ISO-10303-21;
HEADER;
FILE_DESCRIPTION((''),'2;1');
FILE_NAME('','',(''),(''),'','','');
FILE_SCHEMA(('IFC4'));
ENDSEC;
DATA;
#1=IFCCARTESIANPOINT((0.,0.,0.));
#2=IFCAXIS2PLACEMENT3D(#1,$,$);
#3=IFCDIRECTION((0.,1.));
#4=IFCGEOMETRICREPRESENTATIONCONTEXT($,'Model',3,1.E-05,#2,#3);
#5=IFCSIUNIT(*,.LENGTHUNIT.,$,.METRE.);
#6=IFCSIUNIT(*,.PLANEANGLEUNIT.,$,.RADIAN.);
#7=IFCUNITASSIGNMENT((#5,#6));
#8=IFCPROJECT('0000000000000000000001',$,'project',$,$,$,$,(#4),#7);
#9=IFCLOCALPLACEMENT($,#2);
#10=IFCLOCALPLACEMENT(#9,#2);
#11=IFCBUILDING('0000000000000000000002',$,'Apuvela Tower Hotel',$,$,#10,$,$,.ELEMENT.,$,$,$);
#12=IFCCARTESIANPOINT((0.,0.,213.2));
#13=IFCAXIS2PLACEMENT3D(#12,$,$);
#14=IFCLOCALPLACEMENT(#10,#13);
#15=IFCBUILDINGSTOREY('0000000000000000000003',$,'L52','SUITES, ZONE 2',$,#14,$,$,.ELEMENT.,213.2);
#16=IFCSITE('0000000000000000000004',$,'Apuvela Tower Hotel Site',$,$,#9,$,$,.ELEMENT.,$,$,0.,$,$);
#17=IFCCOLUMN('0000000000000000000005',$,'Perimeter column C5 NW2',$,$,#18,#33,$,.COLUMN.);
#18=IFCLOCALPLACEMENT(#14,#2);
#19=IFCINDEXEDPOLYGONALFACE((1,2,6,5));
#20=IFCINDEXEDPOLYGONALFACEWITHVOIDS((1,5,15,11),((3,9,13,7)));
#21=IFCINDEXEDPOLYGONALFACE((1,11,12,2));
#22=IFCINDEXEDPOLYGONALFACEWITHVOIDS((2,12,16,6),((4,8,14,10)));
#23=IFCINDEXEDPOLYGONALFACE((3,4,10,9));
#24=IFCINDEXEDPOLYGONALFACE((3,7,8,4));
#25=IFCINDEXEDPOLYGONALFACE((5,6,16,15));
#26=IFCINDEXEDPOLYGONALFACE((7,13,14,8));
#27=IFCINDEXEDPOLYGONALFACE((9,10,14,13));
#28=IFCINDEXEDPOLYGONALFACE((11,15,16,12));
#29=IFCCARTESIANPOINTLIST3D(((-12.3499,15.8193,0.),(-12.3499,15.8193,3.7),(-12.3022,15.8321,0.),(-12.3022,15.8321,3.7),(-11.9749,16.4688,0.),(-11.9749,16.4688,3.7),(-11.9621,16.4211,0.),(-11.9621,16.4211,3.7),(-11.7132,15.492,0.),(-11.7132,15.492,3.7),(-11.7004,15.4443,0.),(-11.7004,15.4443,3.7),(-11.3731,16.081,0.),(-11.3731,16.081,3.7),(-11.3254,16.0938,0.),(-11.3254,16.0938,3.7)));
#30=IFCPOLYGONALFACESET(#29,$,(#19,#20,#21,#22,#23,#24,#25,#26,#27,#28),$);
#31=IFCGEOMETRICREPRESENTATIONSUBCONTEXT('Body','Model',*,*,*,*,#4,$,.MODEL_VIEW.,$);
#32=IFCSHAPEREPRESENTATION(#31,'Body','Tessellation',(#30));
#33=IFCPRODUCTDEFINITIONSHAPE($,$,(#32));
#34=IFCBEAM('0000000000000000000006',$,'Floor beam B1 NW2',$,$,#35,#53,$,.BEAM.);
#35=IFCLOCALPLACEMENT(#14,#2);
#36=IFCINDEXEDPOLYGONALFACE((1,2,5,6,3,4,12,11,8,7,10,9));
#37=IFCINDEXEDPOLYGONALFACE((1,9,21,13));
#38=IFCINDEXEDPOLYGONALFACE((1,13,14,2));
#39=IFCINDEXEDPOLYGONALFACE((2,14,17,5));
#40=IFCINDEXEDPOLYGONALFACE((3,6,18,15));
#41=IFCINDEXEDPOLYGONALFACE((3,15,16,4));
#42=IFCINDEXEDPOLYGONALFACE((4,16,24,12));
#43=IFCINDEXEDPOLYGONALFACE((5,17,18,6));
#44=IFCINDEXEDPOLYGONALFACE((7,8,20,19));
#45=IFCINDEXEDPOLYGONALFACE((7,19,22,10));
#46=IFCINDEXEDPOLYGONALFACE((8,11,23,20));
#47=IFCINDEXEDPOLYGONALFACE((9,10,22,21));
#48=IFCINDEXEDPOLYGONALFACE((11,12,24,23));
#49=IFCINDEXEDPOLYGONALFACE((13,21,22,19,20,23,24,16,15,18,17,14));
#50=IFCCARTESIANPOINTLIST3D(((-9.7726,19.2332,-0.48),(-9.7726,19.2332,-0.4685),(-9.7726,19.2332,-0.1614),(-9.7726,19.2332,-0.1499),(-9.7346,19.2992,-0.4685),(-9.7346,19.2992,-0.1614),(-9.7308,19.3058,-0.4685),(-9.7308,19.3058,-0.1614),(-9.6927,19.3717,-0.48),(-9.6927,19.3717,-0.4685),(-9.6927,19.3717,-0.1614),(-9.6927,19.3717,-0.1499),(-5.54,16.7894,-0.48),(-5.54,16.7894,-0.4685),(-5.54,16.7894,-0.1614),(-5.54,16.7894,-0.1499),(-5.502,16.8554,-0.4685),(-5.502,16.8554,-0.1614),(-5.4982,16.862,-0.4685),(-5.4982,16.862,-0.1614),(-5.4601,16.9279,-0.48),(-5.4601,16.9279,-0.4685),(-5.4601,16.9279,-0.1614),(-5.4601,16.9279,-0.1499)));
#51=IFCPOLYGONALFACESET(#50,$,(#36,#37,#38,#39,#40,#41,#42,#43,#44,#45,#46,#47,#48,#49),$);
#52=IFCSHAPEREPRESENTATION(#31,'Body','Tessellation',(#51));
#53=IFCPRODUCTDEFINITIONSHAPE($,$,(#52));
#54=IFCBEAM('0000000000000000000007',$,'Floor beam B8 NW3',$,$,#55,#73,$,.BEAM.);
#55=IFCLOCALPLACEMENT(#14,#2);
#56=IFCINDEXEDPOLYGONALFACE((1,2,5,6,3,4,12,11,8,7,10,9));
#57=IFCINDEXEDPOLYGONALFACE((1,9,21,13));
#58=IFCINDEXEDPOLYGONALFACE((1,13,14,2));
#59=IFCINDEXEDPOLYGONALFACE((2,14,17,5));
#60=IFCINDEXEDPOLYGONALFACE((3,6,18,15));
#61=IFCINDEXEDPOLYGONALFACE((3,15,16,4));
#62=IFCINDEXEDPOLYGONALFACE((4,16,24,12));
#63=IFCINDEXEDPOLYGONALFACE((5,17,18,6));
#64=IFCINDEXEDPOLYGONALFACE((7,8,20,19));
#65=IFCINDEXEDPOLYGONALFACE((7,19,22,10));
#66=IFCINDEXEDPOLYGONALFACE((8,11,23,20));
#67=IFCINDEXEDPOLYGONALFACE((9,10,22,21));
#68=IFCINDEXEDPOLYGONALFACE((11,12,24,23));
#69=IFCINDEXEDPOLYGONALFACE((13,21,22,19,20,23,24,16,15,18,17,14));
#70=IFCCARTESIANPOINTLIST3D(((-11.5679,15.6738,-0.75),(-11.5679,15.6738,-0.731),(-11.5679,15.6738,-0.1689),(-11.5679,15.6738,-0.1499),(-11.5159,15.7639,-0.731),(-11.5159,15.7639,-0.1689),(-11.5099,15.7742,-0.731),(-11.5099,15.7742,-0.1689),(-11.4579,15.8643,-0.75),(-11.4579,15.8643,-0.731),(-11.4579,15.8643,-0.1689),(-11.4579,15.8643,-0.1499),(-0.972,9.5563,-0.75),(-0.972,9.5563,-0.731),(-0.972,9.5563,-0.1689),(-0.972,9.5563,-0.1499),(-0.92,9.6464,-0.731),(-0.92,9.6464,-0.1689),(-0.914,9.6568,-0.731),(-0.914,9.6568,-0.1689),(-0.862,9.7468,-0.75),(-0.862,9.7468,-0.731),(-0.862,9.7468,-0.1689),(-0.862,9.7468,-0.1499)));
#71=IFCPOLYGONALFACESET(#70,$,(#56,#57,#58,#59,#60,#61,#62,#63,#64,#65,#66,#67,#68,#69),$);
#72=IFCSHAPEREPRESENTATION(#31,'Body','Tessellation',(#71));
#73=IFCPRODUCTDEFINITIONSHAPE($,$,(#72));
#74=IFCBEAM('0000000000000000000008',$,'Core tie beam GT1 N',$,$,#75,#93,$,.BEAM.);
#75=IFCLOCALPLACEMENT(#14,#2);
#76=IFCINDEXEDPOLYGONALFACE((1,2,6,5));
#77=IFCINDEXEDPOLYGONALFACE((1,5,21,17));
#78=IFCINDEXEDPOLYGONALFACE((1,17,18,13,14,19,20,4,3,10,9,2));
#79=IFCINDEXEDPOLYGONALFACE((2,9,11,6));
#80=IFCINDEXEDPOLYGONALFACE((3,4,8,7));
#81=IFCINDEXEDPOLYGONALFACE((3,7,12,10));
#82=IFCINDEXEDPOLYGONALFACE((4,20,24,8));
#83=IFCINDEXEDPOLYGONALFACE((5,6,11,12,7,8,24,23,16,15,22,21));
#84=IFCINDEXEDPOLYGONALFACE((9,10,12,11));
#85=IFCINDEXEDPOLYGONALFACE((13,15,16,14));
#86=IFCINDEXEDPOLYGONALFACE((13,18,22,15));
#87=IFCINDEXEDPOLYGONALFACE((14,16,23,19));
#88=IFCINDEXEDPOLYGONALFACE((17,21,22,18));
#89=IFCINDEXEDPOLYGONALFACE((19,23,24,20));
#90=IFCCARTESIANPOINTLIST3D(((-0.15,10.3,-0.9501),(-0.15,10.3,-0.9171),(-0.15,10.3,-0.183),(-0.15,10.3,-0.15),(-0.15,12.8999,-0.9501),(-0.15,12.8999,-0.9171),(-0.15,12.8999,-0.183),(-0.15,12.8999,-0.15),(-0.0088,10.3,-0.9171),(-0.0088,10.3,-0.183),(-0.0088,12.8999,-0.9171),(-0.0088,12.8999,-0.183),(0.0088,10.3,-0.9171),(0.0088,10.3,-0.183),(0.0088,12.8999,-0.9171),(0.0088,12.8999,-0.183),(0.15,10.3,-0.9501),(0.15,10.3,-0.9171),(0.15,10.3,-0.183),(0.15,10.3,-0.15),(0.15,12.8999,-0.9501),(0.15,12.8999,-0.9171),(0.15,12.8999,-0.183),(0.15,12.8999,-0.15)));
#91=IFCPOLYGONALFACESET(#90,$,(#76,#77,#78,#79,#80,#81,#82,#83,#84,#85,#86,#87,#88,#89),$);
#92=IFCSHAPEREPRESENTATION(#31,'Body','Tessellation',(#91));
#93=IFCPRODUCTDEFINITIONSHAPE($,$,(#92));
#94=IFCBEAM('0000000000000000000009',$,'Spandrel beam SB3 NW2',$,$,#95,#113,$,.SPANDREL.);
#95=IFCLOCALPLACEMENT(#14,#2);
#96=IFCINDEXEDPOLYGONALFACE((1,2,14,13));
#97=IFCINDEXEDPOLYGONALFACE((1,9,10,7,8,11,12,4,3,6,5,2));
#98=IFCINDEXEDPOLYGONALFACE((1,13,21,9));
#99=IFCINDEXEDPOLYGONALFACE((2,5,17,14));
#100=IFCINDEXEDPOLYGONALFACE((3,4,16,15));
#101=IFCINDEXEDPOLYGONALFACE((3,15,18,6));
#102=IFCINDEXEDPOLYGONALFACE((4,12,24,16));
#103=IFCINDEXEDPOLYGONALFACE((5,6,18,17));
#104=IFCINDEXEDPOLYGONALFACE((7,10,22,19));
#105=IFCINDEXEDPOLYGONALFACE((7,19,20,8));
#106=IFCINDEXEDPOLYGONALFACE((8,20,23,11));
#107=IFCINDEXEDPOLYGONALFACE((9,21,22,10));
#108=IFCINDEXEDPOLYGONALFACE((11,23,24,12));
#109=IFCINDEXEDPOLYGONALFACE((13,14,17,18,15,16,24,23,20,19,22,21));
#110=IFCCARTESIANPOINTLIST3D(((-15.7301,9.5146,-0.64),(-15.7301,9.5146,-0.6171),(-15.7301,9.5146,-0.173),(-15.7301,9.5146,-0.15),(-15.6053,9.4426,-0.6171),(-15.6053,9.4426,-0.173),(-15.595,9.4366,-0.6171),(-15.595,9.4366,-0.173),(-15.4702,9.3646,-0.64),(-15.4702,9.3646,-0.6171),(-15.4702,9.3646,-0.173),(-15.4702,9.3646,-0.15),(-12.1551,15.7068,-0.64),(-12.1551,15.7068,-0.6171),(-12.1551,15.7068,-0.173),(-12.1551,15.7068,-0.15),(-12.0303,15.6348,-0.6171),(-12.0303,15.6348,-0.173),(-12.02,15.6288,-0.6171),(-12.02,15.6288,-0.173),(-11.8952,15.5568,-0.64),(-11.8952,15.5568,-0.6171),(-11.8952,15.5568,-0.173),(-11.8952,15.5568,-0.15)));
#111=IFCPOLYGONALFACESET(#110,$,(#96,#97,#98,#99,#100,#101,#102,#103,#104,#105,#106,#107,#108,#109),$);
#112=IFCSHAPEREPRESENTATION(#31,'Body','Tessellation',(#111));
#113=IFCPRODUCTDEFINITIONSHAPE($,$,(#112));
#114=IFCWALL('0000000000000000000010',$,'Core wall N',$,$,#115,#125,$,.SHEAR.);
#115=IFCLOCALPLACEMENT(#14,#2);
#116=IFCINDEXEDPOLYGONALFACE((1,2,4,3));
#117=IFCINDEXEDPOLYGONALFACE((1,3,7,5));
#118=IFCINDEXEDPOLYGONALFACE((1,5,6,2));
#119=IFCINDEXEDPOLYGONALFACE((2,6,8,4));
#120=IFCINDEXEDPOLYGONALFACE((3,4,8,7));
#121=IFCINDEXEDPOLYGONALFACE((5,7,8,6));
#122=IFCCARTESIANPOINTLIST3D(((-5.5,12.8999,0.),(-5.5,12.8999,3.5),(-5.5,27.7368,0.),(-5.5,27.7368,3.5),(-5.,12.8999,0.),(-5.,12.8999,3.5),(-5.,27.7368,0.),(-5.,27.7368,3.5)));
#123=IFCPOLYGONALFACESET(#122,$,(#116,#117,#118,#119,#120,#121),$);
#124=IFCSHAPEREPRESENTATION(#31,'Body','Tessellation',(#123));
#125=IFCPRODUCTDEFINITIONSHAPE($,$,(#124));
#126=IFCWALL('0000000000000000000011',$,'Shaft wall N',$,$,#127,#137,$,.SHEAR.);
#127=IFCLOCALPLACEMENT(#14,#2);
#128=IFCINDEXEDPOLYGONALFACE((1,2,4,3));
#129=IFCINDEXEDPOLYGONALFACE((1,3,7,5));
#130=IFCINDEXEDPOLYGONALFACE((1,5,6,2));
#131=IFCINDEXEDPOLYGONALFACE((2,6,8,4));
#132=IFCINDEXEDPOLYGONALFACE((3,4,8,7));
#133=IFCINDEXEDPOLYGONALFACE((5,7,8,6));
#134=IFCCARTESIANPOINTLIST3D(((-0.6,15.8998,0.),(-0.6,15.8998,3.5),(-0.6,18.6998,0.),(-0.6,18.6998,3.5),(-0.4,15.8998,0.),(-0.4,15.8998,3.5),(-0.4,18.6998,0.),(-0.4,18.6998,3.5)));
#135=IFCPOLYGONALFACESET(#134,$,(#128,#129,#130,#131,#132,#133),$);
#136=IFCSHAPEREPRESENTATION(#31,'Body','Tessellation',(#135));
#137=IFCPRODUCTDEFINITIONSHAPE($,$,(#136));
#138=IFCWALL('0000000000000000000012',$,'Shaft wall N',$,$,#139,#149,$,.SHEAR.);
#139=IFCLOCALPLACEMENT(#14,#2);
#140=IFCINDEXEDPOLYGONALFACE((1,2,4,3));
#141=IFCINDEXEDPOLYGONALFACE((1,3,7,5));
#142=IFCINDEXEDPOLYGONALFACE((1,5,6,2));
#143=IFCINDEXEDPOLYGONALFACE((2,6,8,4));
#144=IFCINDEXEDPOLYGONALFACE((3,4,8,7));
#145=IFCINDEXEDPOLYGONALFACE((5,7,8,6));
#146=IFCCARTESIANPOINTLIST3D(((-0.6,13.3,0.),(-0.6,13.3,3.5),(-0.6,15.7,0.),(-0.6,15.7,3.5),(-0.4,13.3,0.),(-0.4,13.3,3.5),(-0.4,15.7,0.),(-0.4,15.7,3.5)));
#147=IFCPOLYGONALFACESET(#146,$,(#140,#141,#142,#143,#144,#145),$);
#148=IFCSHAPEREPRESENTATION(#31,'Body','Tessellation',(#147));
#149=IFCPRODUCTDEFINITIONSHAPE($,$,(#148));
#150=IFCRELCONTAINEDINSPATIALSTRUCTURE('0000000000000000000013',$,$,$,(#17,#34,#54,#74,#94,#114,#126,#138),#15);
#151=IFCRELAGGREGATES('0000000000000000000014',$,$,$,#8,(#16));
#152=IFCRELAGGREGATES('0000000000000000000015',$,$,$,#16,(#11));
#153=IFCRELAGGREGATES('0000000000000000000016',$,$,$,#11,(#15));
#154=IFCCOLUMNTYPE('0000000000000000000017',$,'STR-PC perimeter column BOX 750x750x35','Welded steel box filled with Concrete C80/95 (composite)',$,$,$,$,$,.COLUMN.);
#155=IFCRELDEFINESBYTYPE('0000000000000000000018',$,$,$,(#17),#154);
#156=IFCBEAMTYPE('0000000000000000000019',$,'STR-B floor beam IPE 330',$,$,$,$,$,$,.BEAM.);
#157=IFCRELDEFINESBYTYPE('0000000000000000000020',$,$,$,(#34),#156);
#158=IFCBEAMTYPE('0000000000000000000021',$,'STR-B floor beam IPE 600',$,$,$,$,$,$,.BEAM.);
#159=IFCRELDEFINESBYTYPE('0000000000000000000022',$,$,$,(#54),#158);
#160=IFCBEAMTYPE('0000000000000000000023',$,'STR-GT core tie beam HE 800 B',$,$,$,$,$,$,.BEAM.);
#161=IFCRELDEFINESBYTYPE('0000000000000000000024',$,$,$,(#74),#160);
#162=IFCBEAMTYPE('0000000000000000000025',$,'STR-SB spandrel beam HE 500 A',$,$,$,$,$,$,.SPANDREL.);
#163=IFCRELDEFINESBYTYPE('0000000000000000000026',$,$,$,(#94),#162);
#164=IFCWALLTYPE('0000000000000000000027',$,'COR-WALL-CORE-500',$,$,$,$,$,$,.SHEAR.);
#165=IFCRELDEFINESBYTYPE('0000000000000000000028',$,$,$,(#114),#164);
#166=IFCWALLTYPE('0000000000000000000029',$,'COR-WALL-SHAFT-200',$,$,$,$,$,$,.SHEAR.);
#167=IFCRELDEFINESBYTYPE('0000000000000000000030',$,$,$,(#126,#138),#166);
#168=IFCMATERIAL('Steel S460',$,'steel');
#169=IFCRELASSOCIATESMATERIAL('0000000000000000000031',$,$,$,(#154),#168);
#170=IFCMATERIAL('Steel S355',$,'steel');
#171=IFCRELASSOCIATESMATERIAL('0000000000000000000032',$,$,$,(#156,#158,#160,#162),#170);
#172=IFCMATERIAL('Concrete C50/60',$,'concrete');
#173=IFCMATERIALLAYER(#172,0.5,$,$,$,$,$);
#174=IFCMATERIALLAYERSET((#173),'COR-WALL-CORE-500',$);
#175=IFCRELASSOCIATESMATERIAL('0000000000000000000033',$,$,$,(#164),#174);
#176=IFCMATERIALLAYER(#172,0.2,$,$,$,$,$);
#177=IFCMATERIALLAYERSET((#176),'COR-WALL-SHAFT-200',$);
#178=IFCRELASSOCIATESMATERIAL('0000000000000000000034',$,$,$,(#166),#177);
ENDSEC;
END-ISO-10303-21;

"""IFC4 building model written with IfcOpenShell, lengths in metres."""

from ifc_helpers import new_model, si_unit, direction, frame, frame_2d, origin, origin_2d, place, context, subcontext, project, spatial, rectangle, hollow_rectangle, i_section, extrude, material, layer, layer_set, material_profile, profile_set, type_object, element, save


model = new_model("IFC4")

# Units and contexts
model_context = context("Model", 3, precision=1e-05, world=origin(), true_north=direction((0.0, 1.0)))
body_context = subcontext(model_context, "Body", "Model", "MODEL_VIEW")
ifc_project = project(units=[si_unit("LENGTHUNIT", "METRE"), si_unit("PLANEANGLEUNIT", "RADIAN")], contexts=[model_context])

# Site, building, storey
site_placement = place(None, origin())
site = spatial("IfcSite", under=ifc_project, at=site_placement, Name="Apuvela Tower Hotel Site", CompositionType="ELEMENT", RefElevation=0.0)
building_placement = place(site_placement, origin())
building = spatial("IfcBuilding", under=site, at=building_placement, Name="Apuvela Tower Hotel", CompositionType="ELEMENT")
storey_placement = place(building_placement, frame((0.0, 0.0, 213.2)))
storey = spatial("IfcBuildingStorey", under=building, at=storey_placement, Name="L52", Description="SUITES, ZONE 2", CompositionType="ELEMENT", Elevation=213.2)

# Column
ifc_material_1 = material(Name="Steel S460", Category="steel")
ifc_material_profile_1 = material_profile(ifc_material_1, hollow_rectangle(XDim=0.75, YDim=0.75, WallThickness=0.0349, at=origin_2d()), Name="BOX 750x750x35")
ifc_material_2 = material(Name="Concrete C80/95", Category="concrete")
ifc_material_profile_2 = material_profile(ifc_material_2, rectangle(XDim=0.6799, YDim=0.6799, at=origin_2d()), Name="Concrete C80/95 infill")
ifc_profile_set_1 = profile_set([ifc_material_profile_1, ifc_material_profile_2], Name="Steel S460")
column_type = type_object("IfcColumnType", Name="STR-PC perimeter column BOX 750x750x35", Description="Welded steel box filled with Concrete C80/95 (composite)", PredefinedType="COLUMN", material=ifc_profile_set_1)
column_placement = place(storey_placement, frame((-11.8376, 15.9565, 0.0), z_axis=(0.0, 0.0, 1.0), x_axis=(0.5, 0.866025, 0.0)))
element("IfcColumn", 1, at=column_placement, inside=storey, type_object=column_type, Name="Perimeter column C5 NW2", PredefinedType="COLUMN", context=body_context, shape_type="SweptSolid", body=[
    extrude(hollow_rectangle(XDim=0.75, YDim=0.75, WallThickness=0.0349, at=origin_2d()), origin(), (0.0, 0.0, 1.0), 3.7),
])

# Beams
ifc_material_3 = material(Name="Steel S355", Category="steel")
ifc_material_profile_3 = material_profile(ifc_material_3, i_section(OverallWidth=0.1599, OverallDepth=0.3301, WebThickness=0.0076, FlangeThickness=0.0115, at=origin_2d()), Name="IPE 330")
ifc_profile_set_2 = profile_set([ifc_material_profile_3], Name="Steel S355")
beam_type_1 = type_object("IfcBeamType", Name="STR-B floor beam IPE 330", PredefinedType="BEAM", material=ifc_profile_set_2)
beam_1_placement = place(storey_placement, frame((-9.7327, 19.3025, -0.3149), z_axis=(0.866015, -0.500018, 0.0), x_axis=(0.500018, 0.866015, 0.0)))
element("IfcBeam", 2, at=beam_1_placement, inside=storey, type_object=beam_type_1, Name="Floor beam B1 NW2", PredefinedType="BEAM", context=body_context, shape_type="SweptSolid", body=[
    extrude(i_section(OverallWidth=0.1599, OverallDepth=0.3301, WebThickness=0.0076, FlangeThickness=0.0115, at=origin_2d()), origin(), (0.0, 0.0, 1.0), 4.8875),
])
ifc_material_profile_4 = material_profile(ifc_material_3, i_section(OverallWidth=0.22, OverallDepth=0.6001, WebThickness=0.012, FlangeThickness=0.019, at=origin_2d()), Name="IPE 600")
ifc_profile_set_3 = profile_set([ifc_material_profile_4], Name="Steel S355")
beam_type_2 = type_object("IfcBeamType", Name="STR-B floor beam IPE 600", PredefinedType="BEAM", material=ifc_profile_set_3)
beam_2_placement = place(storey_placement, frame((-11.5129, 15.769, -0.45), z_axis=(0.86603, -0.499991, 0.0), x_axis=(0.499991, 0.86603, 0.0)))
element("IfcBeam", 3, at=beam_2_placement, inside=storey, type_object=beam_type_2, Name="Floor beam B8 NW3", PredefinedType="BEAM", context=body_context, shape_type="SweptSolid", body=[
    extrude(i_section(OverallWidth=0.22, OverallDepth=0.6001, WebThickness=0.012, FlangeThickness=0.019, at=origin_2d()), origin(), (0.0, 0.0, 1.0), 12.2351),
])
ifc_material_profile_5 = material_profile(ifc_material_3, i_section(OverallWidth=0.3, OverallDepth=0.8, WebThickness=0.0176, FlangeThickness=0.033, at=origin_2d()), Name="HE 800 B")
ifc_profile_set_4 = profile_set([ifc_material_profile_5], Name="Steel S355")
beam_type_3 = type_object("IfcBeamType", Name="STR-GT core tie beam HE 800 B", PredefinedType="BEAM", material=ifc_profile_set_4)
beam_3_placement = place(storey_placement, frame((0.0, 12.8999, -0.55), z_axis=(0.0, -1.0, 0.0), x_axis=(1.0, 0.0, 0.0)))
element("IfcBeam", 4, at=beam_3_placement, inside=storey, type_object=beam_type_3, Name="Core tie beam GT1 N", PredefinedType="BEAM", context=body_context, shape_type="SweptSolid", body=[
    extrude(i_section(OverallWidth=0.3, OverallDepth=0.8, WebThickness=0.0176, FlangeThickness=0.033, at=origin_2d()), origin(), (0.0, 0.0, 1.0), 2.5999),
])
ifc_material_profile_6 = material_profile(ifc_material_3, i_section(OverallWidth=0.3, OverallDepth=0.49, WebThickness=0.012, FlangeThickness=0.0229, at=origin_2d()), Name="HE 500 A")
ifc_profile_set_5 = profile_set([ifc_material_profile_6], Name="Steel S355")
beam_type_4 = type_object("IfcBeamType", Name="STR-SB spandrel beam HE 500 A", PredefinedType="SPANDREL", material=ifc_profile_set_5)
beam_4_placement = place(storey_placement, frame((-12.0251, 15.6318, -0.395), z_axis=(-0.499991, -0.86603, 0.0), x_axis=(0.86603, -0.499991, 0.0)))
element("IfcBeam", 5, at=beam_4_placement, inside=storey, type_object=beam_type_4, Name="Spandrel beam SB3 NW2", PredefinedType="SPANDREL", context=body_context, shape_type="SweptSolid", body=[
    extrude(i_section(OverallWidth=0.3, OverallDepth=0.49, WebThickness=0.012, FlangeThickness=0.0229, at=origin_2d()), origin(), (0.0, 0.0, 1.0), 7.1501),
])

# Walls
ifc_material_4 = material(Name="Concrete C50/60", Category="concrete")
ifc_layer_1 = layer(ifc_material_4, 0.5)
ifc_layer_set_1 = layer_set([ifc_layer_1], Name="COR-WALL-CORE-500")
wall_type_1 = type_object("IfcWallType", Name="COR-WALL-CORE-500", PredefinedType="SHEAR", material=ifc_layer_set_1)
wall_1_placement = place(storey_placement, frame((-5.25, 12.8999, 0.0), z_axis=(0.0, 0.0, 1.0), x_axis=(0.0, 1.0, 0.0)))
element("IfcWall", 6, at=wall_1_placement, inside=storey, type_object=wall_type_1, Name="Core wall N", PredefinedType="SHEAR", context=body_context, shape_type="SweptSolid", body=[
    extrude(rectangle(XDim=14.8369, YDim=0.5, at=frame_2d((7.4185, 0.0))), origin(), (0.0, 0.0, 1.0), 3.5),
])
ifc_layer_2 = layer(ifc_material_4, 0.2)
ifc_layer_set_2 = layer_set([ifc_layer_2], Name="COR-WALL-SHAFT-200")
wall_type_2 = type_object("IfcWallType", Name="COR-WALL-SHAFT-200", PredefinedType="SHEAR", material=ifc_layer_set_2)
wall_2_placement = place(storey_placement, frame((-0.5, 15.8999, 0.0), z_axis=(0.0, 0.0, 1.0), x_axis=(0.0, 1.0, 0.0)))
element("IfcWall", 7, at=wall_2_placement, inside=storey, type_object=wall_type_2, Name="Shaft wall N", PredefinedType="SHEAR", context=body_context, shape_type="SweptSolid", body=[
    extrude(rectangle(XDim=2.8, YDim=0.2, at=frame_2d((1.3999, 0.0))), origin(), (0.0, 0.0, 1.0), 3.5),
])
wall_3_placement = place(storey_placement, frame((-0.5, 13.3, 0.0), z_axis=(0.0, 0.0, 1.0), x_axis=(0.0, 1.0, 0.0)))
element("IfcWall", 8, at=wall_3_placement, inside=storey, type_object=wall_type_2, Name="Shaft wall N", PredefinedType="SHEAR", context=body_context, shape_type="SweptSolid", body=[
    extrude(rectangle(XDim=2.3999, YDim=0.2, at=frame_2d((1.2, 0.0))), origin(), (0.0, 0.0, 1.0), 3.5),
])

save(model, "model.ifc")
